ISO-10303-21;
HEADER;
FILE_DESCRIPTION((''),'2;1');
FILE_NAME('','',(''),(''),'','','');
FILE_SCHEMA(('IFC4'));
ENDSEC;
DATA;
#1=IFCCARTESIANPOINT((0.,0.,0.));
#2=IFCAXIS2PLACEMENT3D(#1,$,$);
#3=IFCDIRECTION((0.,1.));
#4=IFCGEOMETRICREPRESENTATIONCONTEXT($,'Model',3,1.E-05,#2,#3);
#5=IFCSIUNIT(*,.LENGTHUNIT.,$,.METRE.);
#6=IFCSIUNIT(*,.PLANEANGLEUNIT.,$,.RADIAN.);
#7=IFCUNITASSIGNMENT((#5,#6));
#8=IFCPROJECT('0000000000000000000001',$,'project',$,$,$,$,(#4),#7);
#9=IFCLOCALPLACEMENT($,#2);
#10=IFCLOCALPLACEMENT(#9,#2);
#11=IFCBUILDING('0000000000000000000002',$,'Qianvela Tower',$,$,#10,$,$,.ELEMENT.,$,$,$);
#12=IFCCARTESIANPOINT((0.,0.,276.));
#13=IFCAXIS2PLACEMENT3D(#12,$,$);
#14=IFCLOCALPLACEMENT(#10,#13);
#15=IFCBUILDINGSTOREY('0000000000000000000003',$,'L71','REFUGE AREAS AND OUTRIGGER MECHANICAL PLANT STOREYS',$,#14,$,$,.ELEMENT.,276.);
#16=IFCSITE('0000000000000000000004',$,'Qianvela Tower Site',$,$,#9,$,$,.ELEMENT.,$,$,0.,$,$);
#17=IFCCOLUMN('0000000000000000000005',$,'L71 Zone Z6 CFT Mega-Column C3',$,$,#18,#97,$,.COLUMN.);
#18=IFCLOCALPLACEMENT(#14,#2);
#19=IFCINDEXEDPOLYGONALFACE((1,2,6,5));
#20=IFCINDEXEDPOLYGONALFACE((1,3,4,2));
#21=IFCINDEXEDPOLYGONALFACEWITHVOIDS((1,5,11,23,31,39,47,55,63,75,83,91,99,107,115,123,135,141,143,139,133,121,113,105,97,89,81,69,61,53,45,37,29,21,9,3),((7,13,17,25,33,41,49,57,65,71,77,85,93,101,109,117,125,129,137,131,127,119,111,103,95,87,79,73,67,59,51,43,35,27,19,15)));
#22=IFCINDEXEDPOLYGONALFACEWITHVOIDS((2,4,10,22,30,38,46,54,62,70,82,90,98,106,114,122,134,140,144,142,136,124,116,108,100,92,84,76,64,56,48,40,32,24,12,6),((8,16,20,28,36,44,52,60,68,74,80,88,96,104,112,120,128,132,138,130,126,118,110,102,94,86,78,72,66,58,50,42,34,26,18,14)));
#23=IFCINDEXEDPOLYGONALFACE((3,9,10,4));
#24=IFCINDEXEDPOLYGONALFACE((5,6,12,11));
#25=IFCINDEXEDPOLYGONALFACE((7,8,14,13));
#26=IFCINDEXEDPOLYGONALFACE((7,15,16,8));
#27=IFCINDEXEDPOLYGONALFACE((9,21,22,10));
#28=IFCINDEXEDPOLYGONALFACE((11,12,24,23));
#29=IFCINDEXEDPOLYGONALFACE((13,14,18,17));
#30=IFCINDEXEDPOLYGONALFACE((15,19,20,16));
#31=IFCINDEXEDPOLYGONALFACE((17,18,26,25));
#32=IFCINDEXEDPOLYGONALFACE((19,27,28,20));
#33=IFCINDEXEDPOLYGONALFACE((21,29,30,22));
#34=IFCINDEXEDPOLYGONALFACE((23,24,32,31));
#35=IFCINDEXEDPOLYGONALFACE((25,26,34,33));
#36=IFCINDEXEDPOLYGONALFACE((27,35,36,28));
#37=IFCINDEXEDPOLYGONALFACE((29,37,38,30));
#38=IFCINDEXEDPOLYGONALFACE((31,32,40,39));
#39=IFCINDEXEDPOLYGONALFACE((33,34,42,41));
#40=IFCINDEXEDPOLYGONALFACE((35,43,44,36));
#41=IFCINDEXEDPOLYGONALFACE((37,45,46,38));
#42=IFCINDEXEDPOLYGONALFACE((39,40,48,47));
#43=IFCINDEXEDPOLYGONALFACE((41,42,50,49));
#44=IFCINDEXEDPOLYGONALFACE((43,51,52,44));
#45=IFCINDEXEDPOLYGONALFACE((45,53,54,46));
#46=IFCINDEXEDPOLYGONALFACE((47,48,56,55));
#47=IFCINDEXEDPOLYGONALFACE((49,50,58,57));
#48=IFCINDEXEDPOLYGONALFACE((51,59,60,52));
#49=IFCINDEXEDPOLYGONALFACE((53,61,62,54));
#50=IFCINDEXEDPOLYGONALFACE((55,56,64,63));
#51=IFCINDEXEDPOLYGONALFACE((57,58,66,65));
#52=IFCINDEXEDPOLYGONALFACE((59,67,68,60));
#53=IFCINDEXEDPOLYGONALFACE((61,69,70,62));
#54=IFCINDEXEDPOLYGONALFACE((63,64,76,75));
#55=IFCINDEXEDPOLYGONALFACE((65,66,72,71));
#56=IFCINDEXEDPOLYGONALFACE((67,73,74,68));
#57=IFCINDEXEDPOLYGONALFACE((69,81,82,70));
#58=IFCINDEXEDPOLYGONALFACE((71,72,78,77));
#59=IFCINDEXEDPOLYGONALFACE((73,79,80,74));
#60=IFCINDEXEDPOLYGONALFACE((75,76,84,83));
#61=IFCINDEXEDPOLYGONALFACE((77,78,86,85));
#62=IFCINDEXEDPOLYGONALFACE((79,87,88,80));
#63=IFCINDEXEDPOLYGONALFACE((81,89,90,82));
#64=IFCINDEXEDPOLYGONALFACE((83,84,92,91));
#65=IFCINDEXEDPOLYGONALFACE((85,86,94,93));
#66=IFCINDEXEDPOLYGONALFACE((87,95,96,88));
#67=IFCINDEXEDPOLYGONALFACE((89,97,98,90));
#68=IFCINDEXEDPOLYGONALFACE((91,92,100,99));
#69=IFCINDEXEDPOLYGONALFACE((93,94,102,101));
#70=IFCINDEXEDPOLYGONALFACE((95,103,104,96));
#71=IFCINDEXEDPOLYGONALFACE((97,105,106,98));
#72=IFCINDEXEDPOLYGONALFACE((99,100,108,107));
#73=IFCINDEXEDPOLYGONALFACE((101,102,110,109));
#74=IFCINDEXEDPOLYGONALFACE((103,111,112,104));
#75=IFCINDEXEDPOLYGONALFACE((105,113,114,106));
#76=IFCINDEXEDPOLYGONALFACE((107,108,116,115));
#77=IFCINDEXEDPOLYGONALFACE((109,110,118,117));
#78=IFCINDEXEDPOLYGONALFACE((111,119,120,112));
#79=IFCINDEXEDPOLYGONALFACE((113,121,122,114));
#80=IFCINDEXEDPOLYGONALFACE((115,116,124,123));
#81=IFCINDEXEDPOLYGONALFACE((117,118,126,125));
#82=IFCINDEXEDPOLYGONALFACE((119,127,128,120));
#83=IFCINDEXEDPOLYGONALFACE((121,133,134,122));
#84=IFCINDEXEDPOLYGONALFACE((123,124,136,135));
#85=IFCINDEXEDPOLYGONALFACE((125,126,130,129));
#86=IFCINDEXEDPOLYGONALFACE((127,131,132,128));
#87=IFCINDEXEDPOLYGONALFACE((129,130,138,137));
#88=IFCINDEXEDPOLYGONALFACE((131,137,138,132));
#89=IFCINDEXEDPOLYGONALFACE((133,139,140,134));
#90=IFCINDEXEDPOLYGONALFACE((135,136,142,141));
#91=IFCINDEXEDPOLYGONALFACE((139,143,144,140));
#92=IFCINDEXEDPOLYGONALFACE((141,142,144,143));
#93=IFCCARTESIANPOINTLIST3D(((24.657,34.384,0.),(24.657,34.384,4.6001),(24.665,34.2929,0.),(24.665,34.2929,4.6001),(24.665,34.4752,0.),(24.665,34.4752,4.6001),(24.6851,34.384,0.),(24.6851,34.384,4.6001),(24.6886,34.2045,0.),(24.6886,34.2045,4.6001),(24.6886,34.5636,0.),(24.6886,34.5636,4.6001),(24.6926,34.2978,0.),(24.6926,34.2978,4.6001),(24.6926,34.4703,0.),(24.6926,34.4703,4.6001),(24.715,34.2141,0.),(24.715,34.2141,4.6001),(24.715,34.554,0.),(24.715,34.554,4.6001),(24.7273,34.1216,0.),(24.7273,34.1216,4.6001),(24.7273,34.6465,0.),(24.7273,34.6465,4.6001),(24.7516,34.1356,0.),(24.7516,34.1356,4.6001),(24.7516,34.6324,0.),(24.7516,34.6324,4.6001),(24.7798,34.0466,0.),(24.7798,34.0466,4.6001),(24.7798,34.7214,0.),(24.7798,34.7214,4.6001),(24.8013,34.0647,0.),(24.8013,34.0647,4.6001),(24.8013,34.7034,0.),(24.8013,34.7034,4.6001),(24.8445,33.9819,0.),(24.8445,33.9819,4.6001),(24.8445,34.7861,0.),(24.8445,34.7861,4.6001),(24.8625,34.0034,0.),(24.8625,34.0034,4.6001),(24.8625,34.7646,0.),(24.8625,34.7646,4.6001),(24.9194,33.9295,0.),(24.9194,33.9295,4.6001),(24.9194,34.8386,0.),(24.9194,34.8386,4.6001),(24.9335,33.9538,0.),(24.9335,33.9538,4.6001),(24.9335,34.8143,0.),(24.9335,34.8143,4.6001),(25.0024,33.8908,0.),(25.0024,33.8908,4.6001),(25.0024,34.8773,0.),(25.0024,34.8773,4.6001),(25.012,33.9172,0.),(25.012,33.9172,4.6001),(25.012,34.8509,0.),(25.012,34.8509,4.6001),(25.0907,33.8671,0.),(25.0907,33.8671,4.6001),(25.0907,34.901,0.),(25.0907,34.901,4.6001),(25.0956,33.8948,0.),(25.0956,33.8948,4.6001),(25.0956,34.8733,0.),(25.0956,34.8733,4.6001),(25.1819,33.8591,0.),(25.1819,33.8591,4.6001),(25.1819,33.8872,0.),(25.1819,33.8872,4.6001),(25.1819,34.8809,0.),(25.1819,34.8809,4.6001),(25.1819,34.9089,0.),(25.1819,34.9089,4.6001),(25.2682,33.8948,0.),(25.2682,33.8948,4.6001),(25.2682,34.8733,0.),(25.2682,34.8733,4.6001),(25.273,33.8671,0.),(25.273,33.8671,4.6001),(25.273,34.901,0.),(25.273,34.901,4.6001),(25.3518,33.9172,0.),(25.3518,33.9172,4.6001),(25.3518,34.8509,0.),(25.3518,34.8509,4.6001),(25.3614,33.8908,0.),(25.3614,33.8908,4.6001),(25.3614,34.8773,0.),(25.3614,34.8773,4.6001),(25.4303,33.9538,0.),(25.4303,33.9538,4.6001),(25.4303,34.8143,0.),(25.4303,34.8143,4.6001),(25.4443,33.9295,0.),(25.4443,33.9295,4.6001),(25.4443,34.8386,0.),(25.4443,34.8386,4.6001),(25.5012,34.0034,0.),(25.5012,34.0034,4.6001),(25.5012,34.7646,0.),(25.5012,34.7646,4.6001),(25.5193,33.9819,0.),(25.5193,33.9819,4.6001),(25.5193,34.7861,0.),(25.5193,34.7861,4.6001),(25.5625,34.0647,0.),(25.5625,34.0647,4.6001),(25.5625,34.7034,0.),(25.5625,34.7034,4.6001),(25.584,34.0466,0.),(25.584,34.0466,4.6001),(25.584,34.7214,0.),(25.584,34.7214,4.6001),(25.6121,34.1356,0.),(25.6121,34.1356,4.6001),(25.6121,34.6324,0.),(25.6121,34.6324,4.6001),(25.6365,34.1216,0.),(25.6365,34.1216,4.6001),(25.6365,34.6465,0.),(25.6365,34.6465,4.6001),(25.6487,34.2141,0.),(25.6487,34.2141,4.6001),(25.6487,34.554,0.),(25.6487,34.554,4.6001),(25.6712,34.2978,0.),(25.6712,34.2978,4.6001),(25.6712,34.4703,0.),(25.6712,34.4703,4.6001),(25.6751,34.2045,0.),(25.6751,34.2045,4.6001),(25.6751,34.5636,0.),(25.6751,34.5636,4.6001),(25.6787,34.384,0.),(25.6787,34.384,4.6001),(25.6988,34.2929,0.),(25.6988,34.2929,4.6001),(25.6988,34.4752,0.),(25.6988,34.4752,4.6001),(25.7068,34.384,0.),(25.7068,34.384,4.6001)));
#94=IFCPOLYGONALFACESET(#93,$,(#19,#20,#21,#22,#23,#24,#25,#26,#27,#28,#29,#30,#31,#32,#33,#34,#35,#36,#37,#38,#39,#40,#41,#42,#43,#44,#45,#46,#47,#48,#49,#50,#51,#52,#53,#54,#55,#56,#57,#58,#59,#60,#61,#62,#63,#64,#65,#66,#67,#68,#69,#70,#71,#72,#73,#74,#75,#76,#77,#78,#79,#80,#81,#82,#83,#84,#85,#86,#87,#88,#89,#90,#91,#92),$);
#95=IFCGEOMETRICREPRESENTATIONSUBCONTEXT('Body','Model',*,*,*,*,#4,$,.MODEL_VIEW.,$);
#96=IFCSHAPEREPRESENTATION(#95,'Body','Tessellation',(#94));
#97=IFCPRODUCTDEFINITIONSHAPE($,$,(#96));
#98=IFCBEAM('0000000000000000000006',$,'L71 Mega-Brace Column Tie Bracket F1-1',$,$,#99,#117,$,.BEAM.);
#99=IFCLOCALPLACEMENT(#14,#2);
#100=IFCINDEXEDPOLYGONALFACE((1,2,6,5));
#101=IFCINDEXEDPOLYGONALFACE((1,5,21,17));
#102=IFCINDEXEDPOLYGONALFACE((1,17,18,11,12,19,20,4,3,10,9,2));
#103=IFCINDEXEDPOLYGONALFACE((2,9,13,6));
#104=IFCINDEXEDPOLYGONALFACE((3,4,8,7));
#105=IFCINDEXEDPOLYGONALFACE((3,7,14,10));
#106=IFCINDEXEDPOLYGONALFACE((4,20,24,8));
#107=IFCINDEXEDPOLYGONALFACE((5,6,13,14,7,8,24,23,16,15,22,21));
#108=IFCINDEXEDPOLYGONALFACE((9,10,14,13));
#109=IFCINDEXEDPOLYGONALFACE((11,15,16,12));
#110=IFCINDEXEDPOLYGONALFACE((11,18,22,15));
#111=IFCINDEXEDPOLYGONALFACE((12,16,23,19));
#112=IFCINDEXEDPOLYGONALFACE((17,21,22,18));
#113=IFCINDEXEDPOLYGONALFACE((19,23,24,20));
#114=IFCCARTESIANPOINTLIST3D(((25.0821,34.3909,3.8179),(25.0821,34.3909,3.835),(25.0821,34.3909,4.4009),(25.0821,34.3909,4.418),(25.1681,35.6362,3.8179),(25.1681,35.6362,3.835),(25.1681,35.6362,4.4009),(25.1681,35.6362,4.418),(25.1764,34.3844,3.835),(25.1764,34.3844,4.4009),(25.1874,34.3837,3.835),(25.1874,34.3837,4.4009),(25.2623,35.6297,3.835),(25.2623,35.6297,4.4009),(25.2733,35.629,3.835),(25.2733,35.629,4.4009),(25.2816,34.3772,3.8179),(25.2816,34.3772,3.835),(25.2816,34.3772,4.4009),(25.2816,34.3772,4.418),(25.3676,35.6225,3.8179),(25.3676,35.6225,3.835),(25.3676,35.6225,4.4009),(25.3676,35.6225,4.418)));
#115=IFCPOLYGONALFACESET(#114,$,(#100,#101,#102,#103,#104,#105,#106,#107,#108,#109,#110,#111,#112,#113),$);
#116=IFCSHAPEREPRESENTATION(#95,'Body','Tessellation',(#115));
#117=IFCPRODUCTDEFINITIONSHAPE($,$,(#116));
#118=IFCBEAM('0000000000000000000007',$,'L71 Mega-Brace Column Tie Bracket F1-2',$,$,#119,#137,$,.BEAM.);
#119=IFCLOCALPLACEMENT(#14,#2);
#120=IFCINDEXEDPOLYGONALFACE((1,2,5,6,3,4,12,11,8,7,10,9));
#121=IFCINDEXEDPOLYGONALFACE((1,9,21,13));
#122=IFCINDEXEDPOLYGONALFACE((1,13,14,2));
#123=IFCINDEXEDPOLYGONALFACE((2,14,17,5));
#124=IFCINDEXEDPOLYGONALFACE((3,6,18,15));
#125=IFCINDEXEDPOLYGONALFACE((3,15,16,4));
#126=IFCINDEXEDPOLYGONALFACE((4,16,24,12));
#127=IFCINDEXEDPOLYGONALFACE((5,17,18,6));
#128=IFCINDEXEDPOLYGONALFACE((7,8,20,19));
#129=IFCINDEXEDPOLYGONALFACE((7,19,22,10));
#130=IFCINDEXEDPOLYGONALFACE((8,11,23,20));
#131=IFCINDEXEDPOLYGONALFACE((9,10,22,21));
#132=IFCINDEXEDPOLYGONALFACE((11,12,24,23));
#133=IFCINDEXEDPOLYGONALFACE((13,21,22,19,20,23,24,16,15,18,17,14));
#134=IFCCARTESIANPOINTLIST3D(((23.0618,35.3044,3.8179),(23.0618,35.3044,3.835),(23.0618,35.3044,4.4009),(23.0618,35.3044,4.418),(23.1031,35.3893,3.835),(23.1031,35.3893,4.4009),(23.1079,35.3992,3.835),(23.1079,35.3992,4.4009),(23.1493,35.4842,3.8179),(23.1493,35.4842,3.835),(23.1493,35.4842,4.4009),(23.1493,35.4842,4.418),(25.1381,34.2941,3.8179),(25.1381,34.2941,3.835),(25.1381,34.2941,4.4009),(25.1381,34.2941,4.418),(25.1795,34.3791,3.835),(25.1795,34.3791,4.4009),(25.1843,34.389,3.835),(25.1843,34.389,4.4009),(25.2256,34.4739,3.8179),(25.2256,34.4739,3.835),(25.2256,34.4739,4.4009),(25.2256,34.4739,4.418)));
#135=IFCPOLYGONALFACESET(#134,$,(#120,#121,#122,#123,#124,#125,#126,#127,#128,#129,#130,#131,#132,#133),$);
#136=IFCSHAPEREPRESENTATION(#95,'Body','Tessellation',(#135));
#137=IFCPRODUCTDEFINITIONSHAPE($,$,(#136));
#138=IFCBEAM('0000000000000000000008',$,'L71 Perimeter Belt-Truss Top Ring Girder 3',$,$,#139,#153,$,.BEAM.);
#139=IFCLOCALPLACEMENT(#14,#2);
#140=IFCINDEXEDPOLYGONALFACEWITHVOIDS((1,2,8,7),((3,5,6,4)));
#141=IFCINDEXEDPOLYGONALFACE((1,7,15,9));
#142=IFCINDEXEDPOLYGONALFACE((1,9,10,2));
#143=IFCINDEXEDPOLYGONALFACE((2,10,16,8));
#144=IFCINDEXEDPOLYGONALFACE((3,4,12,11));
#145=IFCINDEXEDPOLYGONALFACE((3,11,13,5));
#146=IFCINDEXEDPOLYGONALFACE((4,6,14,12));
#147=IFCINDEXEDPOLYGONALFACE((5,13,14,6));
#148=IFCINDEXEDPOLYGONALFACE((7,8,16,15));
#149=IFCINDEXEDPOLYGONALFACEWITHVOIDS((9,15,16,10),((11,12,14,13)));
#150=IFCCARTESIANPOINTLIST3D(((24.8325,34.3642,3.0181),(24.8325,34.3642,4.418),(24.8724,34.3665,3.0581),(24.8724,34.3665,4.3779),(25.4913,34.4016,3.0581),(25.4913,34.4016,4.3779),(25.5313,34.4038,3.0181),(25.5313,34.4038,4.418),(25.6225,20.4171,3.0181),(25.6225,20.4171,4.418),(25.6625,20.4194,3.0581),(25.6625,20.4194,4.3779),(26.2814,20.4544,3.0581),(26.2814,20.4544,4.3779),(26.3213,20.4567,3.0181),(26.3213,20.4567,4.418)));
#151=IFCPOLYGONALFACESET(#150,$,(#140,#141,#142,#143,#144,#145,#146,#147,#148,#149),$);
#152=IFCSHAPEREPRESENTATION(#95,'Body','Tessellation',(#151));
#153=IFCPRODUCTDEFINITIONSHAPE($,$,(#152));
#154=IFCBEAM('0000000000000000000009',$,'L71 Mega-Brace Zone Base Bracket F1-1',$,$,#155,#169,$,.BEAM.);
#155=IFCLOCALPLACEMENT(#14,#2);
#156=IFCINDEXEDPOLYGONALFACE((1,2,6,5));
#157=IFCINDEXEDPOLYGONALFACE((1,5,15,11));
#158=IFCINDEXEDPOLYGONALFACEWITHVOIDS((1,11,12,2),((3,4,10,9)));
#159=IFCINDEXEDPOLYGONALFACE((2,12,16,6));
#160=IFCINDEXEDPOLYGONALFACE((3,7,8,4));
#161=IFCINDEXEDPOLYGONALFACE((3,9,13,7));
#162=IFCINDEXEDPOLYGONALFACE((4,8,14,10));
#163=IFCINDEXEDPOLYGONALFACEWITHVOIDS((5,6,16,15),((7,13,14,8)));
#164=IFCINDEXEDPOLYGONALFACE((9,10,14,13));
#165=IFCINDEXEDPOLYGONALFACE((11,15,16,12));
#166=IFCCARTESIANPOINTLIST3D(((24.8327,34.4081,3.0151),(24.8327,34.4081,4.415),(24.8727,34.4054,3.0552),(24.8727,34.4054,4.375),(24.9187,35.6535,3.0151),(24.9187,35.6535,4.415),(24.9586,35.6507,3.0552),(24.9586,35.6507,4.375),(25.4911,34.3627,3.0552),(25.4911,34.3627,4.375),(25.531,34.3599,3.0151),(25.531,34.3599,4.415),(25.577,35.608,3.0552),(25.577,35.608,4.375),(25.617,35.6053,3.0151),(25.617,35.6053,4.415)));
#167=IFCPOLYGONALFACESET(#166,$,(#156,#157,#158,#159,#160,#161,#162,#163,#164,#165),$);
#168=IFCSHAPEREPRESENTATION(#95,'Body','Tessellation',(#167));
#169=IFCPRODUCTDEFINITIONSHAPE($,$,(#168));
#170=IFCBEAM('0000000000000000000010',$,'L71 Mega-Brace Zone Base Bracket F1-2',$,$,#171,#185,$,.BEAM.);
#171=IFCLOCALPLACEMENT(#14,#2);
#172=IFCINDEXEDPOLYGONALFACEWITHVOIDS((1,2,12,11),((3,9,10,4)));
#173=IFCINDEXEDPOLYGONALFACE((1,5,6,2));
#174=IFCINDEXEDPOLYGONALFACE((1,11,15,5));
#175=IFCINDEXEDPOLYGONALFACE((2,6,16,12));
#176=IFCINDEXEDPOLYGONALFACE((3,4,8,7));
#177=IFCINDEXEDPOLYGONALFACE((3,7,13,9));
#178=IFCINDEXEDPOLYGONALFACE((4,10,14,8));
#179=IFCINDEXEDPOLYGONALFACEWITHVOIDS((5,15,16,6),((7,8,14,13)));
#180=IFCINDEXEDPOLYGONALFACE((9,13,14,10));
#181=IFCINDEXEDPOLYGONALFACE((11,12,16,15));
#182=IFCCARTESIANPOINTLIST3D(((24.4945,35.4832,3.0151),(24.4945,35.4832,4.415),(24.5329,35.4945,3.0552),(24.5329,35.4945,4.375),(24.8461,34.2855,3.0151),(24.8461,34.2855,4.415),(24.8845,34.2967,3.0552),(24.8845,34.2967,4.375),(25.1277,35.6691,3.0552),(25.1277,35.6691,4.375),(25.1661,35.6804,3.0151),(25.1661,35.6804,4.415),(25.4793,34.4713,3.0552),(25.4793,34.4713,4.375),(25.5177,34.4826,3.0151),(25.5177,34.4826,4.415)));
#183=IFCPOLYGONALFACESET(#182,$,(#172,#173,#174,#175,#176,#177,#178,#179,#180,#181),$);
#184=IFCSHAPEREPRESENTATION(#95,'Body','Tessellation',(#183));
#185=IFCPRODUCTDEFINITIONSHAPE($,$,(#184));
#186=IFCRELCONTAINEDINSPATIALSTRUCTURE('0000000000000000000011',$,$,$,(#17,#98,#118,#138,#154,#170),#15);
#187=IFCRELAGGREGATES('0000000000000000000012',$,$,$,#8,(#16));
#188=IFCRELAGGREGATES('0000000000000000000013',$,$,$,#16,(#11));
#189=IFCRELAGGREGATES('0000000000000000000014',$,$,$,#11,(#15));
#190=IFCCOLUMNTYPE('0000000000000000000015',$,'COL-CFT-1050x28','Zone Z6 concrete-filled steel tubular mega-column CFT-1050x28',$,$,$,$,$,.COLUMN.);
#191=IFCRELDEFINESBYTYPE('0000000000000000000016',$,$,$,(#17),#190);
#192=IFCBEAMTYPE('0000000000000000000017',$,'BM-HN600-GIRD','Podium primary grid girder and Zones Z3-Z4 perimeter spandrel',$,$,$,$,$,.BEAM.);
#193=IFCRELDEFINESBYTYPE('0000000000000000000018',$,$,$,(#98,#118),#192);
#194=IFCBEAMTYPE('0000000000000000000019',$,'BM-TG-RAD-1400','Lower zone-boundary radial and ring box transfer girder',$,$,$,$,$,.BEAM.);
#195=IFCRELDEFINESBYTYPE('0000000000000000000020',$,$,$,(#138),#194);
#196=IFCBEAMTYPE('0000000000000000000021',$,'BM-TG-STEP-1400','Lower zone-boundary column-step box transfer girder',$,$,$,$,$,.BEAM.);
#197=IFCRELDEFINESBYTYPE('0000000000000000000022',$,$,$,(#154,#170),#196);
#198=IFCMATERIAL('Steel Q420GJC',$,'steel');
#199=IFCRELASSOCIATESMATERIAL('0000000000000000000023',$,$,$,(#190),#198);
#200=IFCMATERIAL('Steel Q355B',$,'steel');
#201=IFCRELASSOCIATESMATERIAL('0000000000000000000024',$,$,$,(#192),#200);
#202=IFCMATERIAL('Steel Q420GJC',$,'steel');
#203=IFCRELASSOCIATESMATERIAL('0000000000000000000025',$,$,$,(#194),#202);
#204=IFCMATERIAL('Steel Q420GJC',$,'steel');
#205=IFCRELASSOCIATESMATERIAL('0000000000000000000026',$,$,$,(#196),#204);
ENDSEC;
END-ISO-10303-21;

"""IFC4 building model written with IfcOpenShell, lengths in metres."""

from ifc_helpers import new_model, si_unit, direction, frame, origin, origin_2d, place, context, subcontext, project, spatial, hollow_rectangle, hollow_circle, i_section, extrude, material, material_profile, profile_set, type_object, element, save


model = new_model("IFC4")

# Units and contexts
model_context = context("Model", 3, precision=1e-05, world=origin(), true_north=direction((0.0, 1.0)))
body_context = subcontext(model_context, "Body", "Model", "MODEL_VIEW")
ifc_project = project(units=[si_unit("LENGTHUNIT", "METRE"), si_unit("PLANEANGLEUNIT", "RADIAN")], contexts=[model_context])

# Site, building, storey
site_placement = place(None, origin())
site = spatial("IfcSite", under=ifc_project, at=site_placement, Name="Qianvela Tower Site", CompositionType="ELEMENT", RefElevation=0.0)
building_placement = place(site_placement, origin())
building = spatial("IfcBuilding", under=site, at=building_placement, Name="Qianvela Tower", CompositionType="ELEMENT")
storey_placement = place(building_placement, frame((0.0, 0.0, 276.0)))
storey = spatial("IfcBuildingStorey", under=building, at=storey_placement, Name="L71", Description="REFUGE AREAS AND OUTRIGGER MECHANICAL PLANT STOREYS", CompositionType="ELEMENT", Elevation=276.0)

# Column
ifc_material_1 = material(Name="Steel Q420GJC", Category="steel")
ifc_material_profile_1 = material_profile(ifc_material_1, hollow_circle(Radius=0.5249, WallThickness=0.0281, at=origin_2d()), Name="CFT-1050x28")
ifc_profile_set_1 = profile_set([ifc_material_profile_1], Name="Steel Q420GJC")
column_type = type_object("IfcColumnType", Name="COL-CFT-1050x28", Description="Zone Z6 concrete-filled steel tubular mega-column CFT-1050x28", PredefinedType="COLUMN", material=ifc_profile_set_1)
column_placement = place(storey_placement, frame((25.1819, 34.384, 0.0), z_axis=(0.0, 0.0, 1.0), x_axis=(1.0, 0.0, 0.0)))
element("IfcColumn", 1, at=column_placement, inside=storey, type_object=column_type, Name="L71 Zone Z6 CFT Mega-Column C3", PredefinedType="COLUMN", context=body_context, shape_type="SweptSolid", body=[
    extrude(hollow_circle(Radius=0.5249, WallThickness=0.0281, at=origin_2d()), origin(), (0.0, 0.0, 1.0), 4.6001),
])

# Beams
ifc_material_2 = material(Name="Steel Q355B", Category="steel")
ifc_material_profile_2 = material_profile(ifc_material_2, i_section(OverallWidth=0.2, OverallDepth=0.6001, WebThickness=0.011, FlangeThickness=0.0171, at=origin_2d()), Name="HN600x200x11x17")
ifc_profile_set_2 = profile_set([ifc_material_profile_2], Name="Steel Q355B")
beam_type_1 = type_object("IfcBeamType", Name="BM-HN600-GIRD", Description="Podium primary grid girder and Zones Z3-Z4 perimeter spandrel", PredefinedType="BEAM", material=ifc_profile_set_2)
beam_1_placement = place(storey_placement, frame((25.1819, 34.384, 4.1179), z_axis=(0.068842, 0.997628, 0.0), x_axis=(-0.997628, 0.068842, 0.0)))
element("IfcBeam", 2, at=beam_1_placement, inside=storey, type_object=beam_type_1, Name="L71 Mega-Brace Column Tie Bracket F1-1", PredefinedType="BEAM", context=body_context, shape_type="SweptSolid", body=[
    extrude(i_section(OverallWidth=0.2, OverallDepth=0.6001, WebThickness=0.011, FlangeThickness=0.0171, at=origin_2d()), origin(), (0.0, 0.0, 1.0), 1.2483),
])
beam_2_placement = place(storey_placement, frame((25.1819, 34.384, 4.1179), z_axis=(-0.899217, 0.437503, 0.0), x_axis=(-0.437503, -0.899217, 0.0)))
element("IfcBeam", 3, at=beam_2_placement, inside=storey, type_object=beam_type_1, Name="L71 Mega-Brace Column Tie Bracket F1-2", PredefinedType="BEAM", context=body_context, shape_type="SweptSolid", body=[
    extrude(i_section(OverallWidth=0.2, OverallDepth=0.6001, WebThickness=0.011, FlangeThickness=0.0171, at=origin_2d()), origin(), (0.0, 0.0, 1.0), 2.3091),
])
ifc_material_3 = material(Name="Steel Q420GJC", Category="steel")
ifc_material_profile_3 = material_profile(ifc_material_3, hollow_rectangle(XDim=0.7, YDim=1.3999, WallThickness=0.04, at=origin_2d()), Name="TG-BOX-1400x700x40")
ifc_profile_set_3 = profile_set([ifc_material_profile_3], Name="Steel Q420GJC")
beam_type_2 = type_object("IfcBeamType", Name="BM-TG-RAD-1400", Description="Lower zone-boundary radial and ring box transfer girder", PredefinedType="BEAM", material=ifc_profile_set_3)
beam_3_placement = place(storey_placement, frame((25.1819, 34.384, 3.718), z_axis=(0.056555, -0.998399, 0.0), x_axis=(0.998399, 0.056555, 0.0)))
element("IfcBeam", 4, at=beam_3_placement, inside=storey, type_object=beam_type_2, Name="L71 Perimeter Belt-Truss Top Ring Girder 3", PredefinedType="BEAM", context=body_context, shape_type="SweptSolid", body=[
    extrude(hollow_rectangle(XDim=0.7, YDim=1.3999, WallThickness=0.04, at=origin_2d()), origin(), (0.0, 0.0, 1.0), 13.9695),
])
ifc_material_4 = material(Name="Steel Q420GJC", Category="steel")
ifc_material_profile_4 = material_profile(ifc_material_4, hollow_rectangle(XDim=0.7, YDim=1.3999, WallThickness=0.04, at=origin_2d()), Name="TG-BOX-1400x700x40")
ifc_profile_set_4 = profile_set([ifc_material_profile_4], Name="Steel Q420GJC")
beam_type_3 = type_object("IfcBeamType", Name="BM-TG-STEP-1400", Description="Lower zone-boundary column-step box transfer girder", PredefinedType="BEAM", material=ifc_profile_set_4)
for number, where, z_axis, x_axis, name in (
    (5, (25.1819, 34.384, 3.7151), (0.068842, 0.997628, 0.0), (-0.997628, 0.068842, 0.0), "L71 Mega-Brace Zone Base Bracket F1-1"),
    (6, (25.1819, 34.384, 3.7151), (-0.281637, 0.959521, 0.0), (-0.959521, -0.281637, 0.0), "L71 Mega-Brace Zone Base Bracket F1-2"),
):
    element("IfcBeam", number, at=place(storey_placement, frame(where, z_axis=z_axis, x_axis=x_axis)), inside=storey, type_object=beam_type_3, Name=name, PredefinedType="BEAM", context=body_context, shape_type="SweptSolid", body=[
        extrude(hollow_rectangle(XDim=0.7, YDim=1.3999, WallThickness=0.04, at=origin_2d()), origin(), (0.0, 0.0, 1.0), 1.2483),
    ])

save(model, "model.ifc")
